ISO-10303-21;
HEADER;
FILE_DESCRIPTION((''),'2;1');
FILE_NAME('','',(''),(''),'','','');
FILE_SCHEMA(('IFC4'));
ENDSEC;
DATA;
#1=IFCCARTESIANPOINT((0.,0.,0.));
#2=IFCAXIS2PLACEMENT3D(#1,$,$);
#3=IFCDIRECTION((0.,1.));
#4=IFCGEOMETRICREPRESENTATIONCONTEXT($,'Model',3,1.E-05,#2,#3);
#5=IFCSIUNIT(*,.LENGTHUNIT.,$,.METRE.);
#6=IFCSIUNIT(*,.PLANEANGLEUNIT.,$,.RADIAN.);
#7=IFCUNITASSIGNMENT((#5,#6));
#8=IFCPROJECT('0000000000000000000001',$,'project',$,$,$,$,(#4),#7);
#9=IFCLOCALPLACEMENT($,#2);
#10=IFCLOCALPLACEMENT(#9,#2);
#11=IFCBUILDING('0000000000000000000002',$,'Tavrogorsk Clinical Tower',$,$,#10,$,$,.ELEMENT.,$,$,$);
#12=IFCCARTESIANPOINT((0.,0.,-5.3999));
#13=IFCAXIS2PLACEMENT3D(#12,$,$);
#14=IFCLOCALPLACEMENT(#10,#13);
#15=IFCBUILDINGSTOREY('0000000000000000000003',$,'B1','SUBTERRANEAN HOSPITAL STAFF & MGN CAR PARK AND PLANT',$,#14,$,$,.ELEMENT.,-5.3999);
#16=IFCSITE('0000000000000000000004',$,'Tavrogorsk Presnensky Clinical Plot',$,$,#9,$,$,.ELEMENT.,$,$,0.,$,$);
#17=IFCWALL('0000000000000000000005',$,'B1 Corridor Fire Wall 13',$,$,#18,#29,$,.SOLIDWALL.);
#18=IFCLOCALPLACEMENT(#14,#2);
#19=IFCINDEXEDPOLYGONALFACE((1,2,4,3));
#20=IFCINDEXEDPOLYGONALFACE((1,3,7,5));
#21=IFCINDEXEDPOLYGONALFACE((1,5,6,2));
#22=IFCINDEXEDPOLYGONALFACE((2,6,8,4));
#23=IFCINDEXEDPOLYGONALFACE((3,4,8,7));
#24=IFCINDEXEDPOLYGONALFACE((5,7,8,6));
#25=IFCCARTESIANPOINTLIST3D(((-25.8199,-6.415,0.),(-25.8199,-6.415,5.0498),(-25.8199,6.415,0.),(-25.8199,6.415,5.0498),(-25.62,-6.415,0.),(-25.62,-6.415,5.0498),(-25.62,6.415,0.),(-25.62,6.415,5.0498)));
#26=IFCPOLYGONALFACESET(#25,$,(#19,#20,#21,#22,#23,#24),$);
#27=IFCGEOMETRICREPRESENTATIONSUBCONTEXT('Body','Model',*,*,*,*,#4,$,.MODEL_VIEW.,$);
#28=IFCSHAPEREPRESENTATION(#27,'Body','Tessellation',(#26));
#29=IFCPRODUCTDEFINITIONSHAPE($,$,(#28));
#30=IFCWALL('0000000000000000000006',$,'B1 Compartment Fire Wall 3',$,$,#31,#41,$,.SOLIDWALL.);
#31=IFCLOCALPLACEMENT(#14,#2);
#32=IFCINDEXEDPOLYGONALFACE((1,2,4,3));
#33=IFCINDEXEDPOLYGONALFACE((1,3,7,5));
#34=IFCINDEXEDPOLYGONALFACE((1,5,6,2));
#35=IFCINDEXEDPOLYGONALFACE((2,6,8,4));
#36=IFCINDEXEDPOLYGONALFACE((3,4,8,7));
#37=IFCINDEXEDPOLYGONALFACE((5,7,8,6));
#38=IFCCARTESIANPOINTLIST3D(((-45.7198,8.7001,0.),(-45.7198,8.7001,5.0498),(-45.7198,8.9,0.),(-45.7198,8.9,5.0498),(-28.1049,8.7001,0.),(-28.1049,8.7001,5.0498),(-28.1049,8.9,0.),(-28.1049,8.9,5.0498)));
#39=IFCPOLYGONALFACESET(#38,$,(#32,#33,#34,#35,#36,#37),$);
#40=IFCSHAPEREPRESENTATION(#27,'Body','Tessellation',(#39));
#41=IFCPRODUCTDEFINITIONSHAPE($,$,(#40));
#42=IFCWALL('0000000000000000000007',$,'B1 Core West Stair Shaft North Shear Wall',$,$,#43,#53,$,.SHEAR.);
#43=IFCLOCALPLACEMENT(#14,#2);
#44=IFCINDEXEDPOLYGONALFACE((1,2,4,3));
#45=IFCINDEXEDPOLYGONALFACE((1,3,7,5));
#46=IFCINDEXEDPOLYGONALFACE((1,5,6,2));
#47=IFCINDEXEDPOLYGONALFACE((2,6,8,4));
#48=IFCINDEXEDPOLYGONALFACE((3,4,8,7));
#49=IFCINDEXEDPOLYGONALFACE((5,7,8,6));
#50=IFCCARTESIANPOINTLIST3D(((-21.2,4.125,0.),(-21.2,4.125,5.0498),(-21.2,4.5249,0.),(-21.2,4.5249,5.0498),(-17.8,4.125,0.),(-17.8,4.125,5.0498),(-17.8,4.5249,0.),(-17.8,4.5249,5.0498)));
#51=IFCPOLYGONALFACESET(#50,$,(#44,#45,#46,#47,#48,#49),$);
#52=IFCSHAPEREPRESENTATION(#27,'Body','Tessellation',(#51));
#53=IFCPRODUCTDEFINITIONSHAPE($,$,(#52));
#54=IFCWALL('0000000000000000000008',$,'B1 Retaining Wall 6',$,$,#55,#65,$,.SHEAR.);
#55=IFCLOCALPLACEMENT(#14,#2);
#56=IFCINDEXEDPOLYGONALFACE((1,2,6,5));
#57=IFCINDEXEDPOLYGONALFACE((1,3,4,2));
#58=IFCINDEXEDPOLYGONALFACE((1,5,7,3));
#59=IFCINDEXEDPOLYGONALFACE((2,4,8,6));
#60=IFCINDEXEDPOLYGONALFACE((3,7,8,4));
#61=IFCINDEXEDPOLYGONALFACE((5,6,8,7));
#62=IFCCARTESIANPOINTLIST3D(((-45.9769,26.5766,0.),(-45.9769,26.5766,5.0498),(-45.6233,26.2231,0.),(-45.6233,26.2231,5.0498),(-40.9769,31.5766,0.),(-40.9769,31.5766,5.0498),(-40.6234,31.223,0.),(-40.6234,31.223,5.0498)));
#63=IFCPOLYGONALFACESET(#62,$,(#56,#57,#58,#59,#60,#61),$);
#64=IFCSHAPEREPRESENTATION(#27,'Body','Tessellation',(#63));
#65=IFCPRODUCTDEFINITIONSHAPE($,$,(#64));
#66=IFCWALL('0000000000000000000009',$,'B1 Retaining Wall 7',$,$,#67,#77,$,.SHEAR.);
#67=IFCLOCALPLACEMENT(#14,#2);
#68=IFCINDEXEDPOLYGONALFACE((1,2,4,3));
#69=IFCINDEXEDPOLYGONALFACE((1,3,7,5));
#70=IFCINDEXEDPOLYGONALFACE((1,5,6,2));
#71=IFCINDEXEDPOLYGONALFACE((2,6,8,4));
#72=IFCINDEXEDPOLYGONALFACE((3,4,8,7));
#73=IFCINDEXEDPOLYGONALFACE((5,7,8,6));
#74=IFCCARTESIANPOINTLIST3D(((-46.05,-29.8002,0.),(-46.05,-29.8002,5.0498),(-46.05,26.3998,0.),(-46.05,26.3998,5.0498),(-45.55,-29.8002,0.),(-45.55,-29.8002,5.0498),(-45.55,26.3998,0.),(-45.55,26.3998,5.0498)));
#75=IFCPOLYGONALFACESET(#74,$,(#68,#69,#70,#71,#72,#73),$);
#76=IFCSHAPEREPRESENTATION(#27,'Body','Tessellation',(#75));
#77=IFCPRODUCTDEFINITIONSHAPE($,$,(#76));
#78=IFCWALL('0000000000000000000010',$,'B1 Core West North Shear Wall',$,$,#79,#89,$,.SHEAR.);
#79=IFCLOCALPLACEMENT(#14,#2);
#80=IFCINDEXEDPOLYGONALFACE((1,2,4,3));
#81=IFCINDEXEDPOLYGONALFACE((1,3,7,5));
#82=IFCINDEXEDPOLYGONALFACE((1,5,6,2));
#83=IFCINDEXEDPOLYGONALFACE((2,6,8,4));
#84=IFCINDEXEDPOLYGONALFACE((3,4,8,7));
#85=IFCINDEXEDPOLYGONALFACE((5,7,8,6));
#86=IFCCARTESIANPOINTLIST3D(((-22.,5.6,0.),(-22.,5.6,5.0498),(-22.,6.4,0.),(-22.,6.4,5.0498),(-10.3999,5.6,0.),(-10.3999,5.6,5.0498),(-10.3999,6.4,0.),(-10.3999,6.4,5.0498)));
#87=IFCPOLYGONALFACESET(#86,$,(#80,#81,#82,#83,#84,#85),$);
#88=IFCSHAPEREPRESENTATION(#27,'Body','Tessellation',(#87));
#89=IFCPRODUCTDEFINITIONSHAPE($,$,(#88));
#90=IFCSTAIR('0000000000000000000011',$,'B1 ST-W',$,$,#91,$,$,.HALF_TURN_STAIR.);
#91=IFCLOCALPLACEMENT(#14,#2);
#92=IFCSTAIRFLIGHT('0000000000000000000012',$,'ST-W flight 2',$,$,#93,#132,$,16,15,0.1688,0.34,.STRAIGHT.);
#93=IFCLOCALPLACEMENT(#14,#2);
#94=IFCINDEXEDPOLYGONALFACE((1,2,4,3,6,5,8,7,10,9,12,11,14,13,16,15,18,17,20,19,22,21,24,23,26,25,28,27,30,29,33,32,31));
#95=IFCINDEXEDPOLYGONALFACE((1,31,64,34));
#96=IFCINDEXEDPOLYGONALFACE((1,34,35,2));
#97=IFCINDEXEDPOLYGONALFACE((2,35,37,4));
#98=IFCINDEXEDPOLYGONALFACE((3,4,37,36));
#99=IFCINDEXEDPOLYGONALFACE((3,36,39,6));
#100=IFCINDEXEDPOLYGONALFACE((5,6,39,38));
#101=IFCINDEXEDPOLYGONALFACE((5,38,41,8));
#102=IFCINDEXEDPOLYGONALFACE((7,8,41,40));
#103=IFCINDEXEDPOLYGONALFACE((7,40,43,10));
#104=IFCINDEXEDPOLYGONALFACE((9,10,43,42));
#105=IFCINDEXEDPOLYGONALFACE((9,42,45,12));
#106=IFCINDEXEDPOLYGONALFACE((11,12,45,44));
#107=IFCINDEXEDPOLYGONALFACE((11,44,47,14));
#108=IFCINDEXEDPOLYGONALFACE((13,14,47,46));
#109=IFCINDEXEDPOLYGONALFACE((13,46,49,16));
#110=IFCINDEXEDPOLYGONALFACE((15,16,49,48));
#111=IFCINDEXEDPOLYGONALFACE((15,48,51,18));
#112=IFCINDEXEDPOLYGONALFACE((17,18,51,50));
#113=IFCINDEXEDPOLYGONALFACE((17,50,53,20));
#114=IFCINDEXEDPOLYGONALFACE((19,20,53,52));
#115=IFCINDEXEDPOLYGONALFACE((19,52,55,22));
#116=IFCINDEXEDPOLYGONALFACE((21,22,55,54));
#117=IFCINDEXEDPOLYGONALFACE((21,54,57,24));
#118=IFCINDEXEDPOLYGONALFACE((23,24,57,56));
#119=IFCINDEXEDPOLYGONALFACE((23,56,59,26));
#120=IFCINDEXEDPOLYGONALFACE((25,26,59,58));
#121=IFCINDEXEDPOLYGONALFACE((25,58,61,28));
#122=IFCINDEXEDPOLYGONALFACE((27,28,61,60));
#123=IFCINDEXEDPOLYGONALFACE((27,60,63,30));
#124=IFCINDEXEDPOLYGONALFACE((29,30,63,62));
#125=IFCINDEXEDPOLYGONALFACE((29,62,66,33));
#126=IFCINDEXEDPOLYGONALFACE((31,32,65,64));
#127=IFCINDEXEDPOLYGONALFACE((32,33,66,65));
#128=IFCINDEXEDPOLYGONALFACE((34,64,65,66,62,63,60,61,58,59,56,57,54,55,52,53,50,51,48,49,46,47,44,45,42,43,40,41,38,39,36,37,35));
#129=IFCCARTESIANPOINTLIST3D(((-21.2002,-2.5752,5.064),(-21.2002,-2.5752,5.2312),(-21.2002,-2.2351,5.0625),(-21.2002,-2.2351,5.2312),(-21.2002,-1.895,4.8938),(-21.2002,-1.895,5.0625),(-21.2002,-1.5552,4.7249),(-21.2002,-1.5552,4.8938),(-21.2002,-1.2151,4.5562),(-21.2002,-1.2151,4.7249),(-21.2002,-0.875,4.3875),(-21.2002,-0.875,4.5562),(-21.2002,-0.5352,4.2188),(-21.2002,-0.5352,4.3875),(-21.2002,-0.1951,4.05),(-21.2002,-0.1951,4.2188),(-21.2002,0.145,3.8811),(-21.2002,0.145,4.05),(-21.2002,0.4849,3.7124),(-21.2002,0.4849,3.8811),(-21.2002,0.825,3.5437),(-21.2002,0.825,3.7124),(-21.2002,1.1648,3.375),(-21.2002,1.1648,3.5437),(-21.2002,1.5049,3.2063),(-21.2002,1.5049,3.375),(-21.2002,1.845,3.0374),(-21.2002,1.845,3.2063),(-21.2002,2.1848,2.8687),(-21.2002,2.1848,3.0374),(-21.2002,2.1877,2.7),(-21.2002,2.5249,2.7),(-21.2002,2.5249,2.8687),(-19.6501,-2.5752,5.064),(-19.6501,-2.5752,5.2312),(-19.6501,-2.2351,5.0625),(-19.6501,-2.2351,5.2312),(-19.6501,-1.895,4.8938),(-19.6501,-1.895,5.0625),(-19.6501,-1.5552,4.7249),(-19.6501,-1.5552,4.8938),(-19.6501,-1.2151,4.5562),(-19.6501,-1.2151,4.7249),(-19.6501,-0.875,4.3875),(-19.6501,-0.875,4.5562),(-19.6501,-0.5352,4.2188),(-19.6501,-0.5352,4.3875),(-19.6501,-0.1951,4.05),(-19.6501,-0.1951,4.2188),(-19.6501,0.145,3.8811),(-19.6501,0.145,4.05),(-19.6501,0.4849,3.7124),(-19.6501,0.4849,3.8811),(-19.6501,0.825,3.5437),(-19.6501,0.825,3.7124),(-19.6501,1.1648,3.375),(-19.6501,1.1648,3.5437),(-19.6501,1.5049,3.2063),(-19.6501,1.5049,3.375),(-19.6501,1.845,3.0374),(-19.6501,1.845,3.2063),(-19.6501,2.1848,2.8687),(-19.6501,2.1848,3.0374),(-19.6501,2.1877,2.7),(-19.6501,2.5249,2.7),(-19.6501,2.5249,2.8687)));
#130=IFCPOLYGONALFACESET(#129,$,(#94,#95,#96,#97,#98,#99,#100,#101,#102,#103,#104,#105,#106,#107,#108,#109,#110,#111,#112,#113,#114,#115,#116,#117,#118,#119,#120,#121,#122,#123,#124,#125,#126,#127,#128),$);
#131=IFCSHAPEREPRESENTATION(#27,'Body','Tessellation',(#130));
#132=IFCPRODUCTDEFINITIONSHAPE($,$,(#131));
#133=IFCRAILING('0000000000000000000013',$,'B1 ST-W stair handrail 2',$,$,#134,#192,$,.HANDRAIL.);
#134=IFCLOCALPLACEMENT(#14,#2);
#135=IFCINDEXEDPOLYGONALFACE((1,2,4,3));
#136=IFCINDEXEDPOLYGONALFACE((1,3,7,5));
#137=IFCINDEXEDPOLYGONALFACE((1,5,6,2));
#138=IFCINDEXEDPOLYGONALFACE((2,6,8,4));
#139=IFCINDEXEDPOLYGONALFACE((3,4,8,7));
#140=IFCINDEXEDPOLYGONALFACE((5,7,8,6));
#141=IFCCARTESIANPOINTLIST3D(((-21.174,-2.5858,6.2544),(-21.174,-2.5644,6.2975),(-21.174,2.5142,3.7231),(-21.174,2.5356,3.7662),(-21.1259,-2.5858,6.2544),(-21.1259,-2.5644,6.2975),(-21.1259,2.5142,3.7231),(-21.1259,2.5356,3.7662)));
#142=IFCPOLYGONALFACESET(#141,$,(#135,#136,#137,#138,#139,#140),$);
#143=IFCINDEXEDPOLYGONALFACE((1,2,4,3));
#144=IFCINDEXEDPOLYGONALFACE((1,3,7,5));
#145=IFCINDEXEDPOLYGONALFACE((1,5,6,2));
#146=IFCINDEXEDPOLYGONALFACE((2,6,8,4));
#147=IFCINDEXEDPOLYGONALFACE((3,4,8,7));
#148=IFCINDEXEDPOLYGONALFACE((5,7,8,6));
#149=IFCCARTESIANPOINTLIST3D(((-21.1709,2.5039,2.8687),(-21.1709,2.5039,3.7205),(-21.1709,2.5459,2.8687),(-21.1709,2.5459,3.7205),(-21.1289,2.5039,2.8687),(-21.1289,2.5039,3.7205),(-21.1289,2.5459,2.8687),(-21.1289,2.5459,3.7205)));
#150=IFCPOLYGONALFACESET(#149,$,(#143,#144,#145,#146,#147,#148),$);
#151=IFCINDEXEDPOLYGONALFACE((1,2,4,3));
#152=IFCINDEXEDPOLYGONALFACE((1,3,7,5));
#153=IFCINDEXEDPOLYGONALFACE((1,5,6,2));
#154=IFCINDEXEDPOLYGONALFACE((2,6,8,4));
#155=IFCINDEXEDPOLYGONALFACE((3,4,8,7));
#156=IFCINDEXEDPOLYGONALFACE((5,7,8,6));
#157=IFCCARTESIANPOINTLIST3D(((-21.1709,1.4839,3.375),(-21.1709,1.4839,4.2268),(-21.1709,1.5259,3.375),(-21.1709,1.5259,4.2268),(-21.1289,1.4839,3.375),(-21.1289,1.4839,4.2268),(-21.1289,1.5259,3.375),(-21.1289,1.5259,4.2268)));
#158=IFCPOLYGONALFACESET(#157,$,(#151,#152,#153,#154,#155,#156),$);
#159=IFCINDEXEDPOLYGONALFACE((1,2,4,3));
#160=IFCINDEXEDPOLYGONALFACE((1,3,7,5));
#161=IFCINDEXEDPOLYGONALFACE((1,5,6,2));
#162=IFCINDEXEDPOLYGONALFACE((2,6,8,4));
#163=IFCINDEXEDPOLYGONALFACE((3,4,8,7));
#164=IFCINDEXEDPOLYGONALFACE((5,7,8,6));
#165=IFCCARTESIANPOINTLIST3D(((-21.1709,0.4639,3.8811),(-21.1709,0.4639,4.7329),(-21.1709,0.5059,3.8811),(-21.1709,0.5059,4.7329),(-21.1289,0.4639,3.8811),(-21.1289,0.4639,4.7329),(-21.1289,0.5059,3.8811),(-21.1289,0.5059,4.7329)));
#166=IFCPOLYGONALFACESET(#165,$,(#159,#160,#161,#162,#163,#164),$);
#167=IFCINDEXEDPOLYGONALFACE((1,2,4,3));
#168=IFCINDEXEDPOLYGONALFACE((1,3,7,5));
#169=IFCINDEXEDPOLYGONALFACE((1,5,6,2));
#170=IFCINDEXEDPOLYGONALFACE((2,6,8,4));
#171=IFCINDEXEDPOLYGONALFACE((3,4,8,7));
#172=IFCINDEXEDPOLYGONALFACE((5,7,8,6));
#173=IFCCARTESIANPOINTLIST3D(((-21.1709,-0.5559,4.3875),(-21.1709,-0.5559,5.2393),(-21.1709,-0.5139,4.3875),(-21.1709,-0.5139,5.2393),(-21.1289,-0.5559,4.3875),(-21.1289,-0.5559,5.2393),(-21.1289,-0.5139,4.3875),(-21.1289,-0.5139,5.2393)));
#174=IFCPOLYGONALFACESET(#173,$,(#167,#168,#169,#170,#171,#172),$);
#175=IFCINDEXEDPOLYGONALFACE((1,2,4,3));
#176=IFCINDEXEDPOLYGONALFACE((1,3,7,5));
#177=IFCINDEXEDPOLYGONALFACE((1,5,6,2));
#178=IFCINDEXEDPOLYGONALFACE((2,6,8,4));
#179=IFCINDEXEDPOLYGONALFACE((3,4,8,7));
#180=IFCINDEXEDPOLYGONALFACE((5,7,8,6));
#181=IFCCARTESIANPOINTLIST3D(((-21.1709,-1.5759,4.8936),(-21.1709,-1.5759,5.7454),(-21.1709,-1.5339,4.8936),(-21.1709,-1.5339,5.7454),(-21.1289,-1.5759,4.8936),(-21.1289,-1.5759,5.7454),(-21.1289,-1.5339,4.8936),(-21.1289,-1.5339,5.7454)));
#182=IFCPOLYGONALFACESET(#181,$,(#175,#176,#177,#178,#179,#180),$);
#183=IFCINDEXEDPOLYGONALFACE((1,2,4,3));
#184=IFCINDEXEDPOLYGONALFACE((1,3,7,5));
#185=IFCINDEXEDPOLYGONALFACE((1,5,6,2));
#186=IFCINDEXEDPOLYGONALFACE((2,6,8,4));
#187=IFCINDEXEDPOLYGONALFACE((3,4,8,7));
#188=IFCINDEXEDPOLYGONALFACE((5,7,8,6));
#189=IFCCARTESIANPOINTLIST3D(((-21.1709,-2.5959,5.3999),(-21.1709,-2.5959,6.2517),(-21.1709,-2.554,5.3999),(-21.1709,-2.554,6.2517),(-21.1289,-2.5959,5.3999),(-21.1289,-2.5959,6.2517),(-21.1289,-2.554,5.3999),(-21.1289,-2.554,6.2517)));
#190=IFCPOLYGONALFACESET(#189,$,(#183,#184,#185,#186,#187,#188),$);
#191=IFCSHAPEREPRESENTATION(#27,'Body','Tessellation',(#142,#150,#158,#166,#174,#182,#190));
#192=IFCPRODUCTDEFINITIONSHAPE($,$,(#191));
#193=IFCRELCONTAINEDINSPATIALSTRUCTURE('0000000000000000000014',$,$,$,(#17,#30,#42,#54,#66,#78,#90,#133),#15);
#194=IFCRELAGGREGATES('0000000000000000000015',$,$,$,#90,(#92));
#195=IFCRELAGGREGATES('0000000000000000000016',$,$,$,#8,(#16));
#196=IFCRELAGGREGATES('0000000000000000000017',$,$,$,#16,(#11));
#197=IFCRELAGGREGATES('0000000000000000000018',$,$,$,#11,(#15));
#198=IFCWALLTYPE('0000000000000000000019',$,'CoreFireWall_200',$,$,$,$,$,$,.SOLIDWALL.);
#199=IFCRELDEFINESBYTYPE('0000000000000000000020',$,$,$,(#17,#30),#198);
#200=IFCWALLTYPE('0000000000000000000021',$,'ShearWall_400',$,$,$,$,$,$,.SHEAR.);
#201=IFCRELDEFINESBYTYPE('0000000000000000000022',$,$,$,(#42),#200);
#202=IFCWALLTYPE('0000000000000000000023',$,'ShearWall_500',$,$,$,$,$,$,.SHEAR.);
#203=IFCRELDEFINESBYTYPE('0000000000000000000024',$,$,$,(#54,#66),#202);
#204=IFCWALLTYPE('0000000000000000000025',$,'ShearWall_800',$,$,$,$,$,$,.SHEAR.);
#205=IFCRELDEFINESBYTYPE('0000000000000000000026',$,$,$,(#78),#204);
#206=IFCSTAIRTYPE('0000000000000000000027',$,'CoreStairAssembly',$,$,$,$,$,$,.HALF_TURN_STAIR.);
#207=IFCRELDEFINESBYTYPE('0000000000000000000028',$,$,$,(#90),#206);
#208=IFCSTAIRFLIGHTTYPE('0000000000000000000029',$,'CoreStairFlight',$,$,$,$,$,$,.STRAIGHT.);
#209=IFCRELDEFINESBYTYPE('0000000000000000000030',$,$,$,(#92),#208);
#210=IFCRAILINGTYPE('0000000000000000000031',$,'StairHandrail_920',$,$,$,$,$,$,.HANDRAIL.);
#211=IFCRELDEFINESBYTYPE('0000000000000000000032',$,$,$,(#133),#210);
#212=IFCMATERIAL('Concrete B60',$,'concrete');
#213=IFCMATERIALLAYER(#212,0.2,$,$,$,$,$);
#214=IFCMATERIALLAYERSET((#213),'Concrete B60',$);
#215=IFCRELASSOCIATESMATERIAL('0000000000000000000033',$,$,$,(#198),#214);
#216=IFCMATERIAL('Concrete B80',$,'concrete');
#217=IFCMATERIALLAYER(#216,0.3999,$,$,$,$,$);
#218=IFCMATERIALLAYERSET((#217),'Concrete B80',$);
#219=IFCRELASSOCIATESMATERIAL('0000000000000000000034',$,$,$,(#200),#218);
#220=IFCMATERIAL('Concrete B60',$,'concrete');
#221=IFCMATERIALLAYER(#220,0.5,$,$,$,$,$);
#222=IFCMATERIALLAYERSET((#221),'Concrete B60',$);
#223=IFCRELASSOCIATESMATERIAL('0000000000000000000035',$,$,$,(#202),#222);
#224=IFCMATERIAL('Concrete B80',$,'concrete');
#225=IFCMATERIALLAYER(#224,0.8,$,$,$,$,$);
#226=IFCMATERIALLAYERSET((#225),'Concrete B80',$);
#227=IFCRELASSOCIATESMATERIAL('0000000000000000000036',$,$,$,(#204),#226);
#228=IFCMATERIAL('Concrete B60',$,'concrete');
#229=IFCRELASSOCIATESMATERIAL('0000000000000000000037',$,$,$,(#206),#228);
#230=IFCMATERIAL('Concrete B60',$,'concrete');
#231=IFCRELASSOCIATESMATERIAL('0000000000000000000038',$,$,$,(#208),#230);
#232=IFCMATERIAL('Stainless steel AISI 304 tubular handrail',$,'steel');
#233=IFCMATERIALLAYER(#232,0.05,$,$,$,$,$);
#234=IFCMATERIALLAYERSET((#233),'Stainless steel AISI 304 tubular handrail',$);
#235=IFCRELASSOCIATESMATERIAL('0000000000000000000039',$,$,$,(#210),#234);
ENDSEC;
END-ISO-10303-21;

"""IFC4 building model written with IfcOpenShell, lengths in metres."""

from ifc_helpers import new_model, si_unit, direction, frame, frame_2d, origin, origin_2d, place, context, subcontext, project, spatial, polyline, rectangle, outline, extrude, material, layer, layer_set, type_object, element, aggregate, save


model = new_model("IFC4")

# Units and contexts
model_context = context("Model", 3, precision=1e-05, world=origin(), true_north=direction((0.0, 1.0)))
body_context = subcontext(model_context, "Body", "Model", "MODEL_VIEW")
ifc_project = project(units=[si_unit("LENGTHUNIT", "METRE"), si_unit("PLANEANGLEUNIT", "RADIAN")], contexts=[model_context])

# Site, building, storey
site_placement = place(None, origin())
site = spatial("IfcSite", under=ifc_project, at=site_placement, Name="Tavrogorsk Presnensky Clinical Plot", CompositionType="ELEMENT", RefElevation=0.0)
building_placement = place(site_placement, origin())
building = spatial("IfcBuilding", under=site, at=building_placement, Name="Tavrogorsk Clinical Tower", CompositionType="ELEMENT")
storey_placement = place(building_placement, frame((0.0, 0.0, -5.3999)))
storey = spatial("IfcBuildingStorey", under=building, at=storey_placement, Name="B1", Description="SUBTERRANEAN HOSPITAL STAFF & MGN CAR PARK AND PLANT", CompositionType="ELEMENT", Elevation=-5.3999)

# Shared definitions
ifc_material_1 = material(Name="Concrete B60", Category="concrete")
ifc_layer_1 = layer(ifc_material_1, 0.2)
ifc_layer_set_1 = layer_set([ifc_layer_1], Name="Concrete B60")
wall_type_1 = type_object("IfcWallType", Name="CoreFireWall_200", PredefinedType="SOLIDWALL", material=ifc_layer_set_1)

# Walls
wall_1_placement = place(storey_placement, frame((-25.72, 6.415, 0.0), z_axis=(0.0, 0.0, 1.0), x_axis=(0.0, -1.0, 0.0)))
element("IfcWall", 1, at=wall_1_placement, inside=storey, type_object=wall_type_1, Name="B1 Corridor Fire Wall 13", PredefinedType="SOLIDWALL", context=body_context, shape_type="SweptSolid", body=[
    extrude(rectangle(XDim=12.8301, YDim=0.2, at=frame_2d((6.415, 0.0))), origin(), (0.0, 0.0, 1.0), 5.0498),
])
wall_2_placement = place(storey_placement, frame((-45.72, 8.8, 0.0), z_axis=(0.0, 0.0, 1.0), x_axis=(1.0, 0.0, 0.0)))
element("IfcWall", 2, at=wall_2_placement, inside=storey, type_object=wall_type_1, Name="B1 Compartment Fire Wall 3", PredefinedType="SOLIDWALL", context=body_context, shape_type="SweptSolid", body=[
    extrude(rectangle(XDim=17.615, YDim=0.2, at=frame_2d((8.8076, 0.0))), origin(), (0.0, 0.0, 1.0), 5.0498),
])
ifc_material_2 = material(Name="Concrete B80", Category="concrete")
ifc_layer_2 = layer(ifc_material_2, 0.3999)
ifc_layer_set_2 = layer_set([ifc_layer_2], Name="Concrete B80")
wall_type_2 = type_object("IfcWallType", Name="ShearWall_400", PredefinedType="SHEAR", material=ifc_layer_set_2)
wall_3_placement = place(storey_placement, frame((-21.2, 4.325, 0.0), z_axis=(0.0, 0.0, 1.0), x_axis=(1.0, 0.0, 0.0)))
element("IfcWall", 3, at=wall_3_placement, inside=storey, type_object=wall_type_2, Name="B1 Core West Stair Shaft North Shear Wall", PredefinedType="SHEAR", context=body_context, shape_type="SweptSolid", body=[
    extrude(rectangle(XDim=3.3999, YDim=0.3999, at=frame_2d((1.7, 0.0))), origin(), (0.0, 0.0, 1.0), 5.0498),
])
ifc_material_3 = material(Name="Concrete B60", Category="concrete")
ifc_layer_3 = layer(ifc_material_3, 0.5)
ifc_layer_set_3 = layer_set([ifc_layer_3], Name="Concrete B60")
wall_type_3 = type_object("IfcWallType", Name="ShearWall_500", PredefinedType="SHEAR", material=ifc_layer_set_3)
wall_4_placement = place(storey_placement, frame((-40.8, 31.3999, 0.0), z_axis=(0.0, 0.0, 1.0), x_axis=(-0.707107, -0.707107, 0.0)))
element("IfcWall", 4, at=wall_4_placement, inside=storey, type_object=wall_type_3, Name="B1 Retaining Wall 6", PredefinedType="SHEAR", context=body_context, shape_type="SweptSolid", body=[
    extrude(rectangle(XDim=7.071, YDim=0.5, at=frame_2d((3.5356, 0.0))), origin(), (0.0, 0.0, 1.0), 5.0498),
])
wall_5_placement = place(storey_placement, frame((-45.8, 26.3999, 0.0), z_axis=(0.0, 0.0, 1.0), x_axis=(0.0, -1.0, 0.0)))
element("IfcWall", 5, at=wall_5_placement, inside=storey, type_object=wall_type_3, Name="B1 Retaining Wall 7", PredefinedType="SHEAR", context=body_context, shape_type="SweptSolid", body=[
    extrude(rectangle(XDim=56.2, YDim=0.5, at=frame_2d((28.1001, 0.0))), origin(), (0.0, 0.0, 1.0), 5.0498),
])
ifc_material_4 = material(Name="Concrete B80", Category="concrete")
ifc_layer_4 = layer(ifc_material_4, 0.8)
ifc_layer_set_4 = layer_set([ifc_layer_4], Name="Concrete B80")
wall_type_4 = type_object("IfcWallType", Name="ShearWall_800", PredefinedType="SHEAR", material=ifc_layer_set_4)
wall_6_placement = place(storey_placement, frame((-22.0, 6.0, 0.0), z_axis=(0.0, 0.0, 1.0), x_axis=(1.0, 0.0, 0.0)))
element("IfcWall", 6, at=wall_6_placement, inside=storey, type_object=wall_type_4, Name="B1 Core West North Shear Wall", PredefinedType="SHEAR", context=body_context, shape_type="SweptSolid", body=[
    extrude(rectangle(XDim=11.6001, YDim=0.8, at=frame_2d((5.8, 0.0))), origin(), (0.0, 0.0, 1.0), 5.0498),
])

# Stair, stair flight
ifc_material_5 = material(Name="Concrete B60", Category="concrete")
stair_type = type_object("IfcStairType", Name="CoreStairAssembly", PredefinedType="HALF_TURN_STAIR", material=ifc_material_5)
stair_placement = place(storey_placement, origin())
stair = element("IfcStair", 7, at=stair_placement, inside=storey, type_object=stair_type, Name="B1 ST-W", PredefinedType="HALF_TURN_STAIR")
ifc_material_6 = material(Name="Concrete B60", Category="concrete")
stair_flight_type = type_object("IfcStairFlightType", Name="CoreStairFlight", PredefinedType="STRAIGHT", material=ifc_material_6)
stair_flight_placement = place(storey_placement, frame((-20.425, 2.5249, 2.7), z_axis=(0.0, 0.0, 1.0), x_axis=(0.0, -1.0, 0.0)))
stair_flight = element("IfcStairFlight", 8, at=stair_flight_placement, type_object=stair_flight_type, Name="ST-W flight 2", NumberOfRisers=16, NumberOfTreads=15, PredefinedType="STRAIGHT", RiserHeight=0.1688, TreadLength=0.34, context=body_context, shape_type="SweptSolid", body=[
    extrude(outline(polyline([(0.0, 0.0), (0.0, 0.1687), (0.3401, 0.1687), (0.3401, 0.3374), (0.6799, 0.3374), (0.6799, 0.5063), (1.02, 0.5063), (1.02, 0.675), (1.3601, 0.675), (1.3601, 0.8438), (1.7, 0.8438), (1.7, 1.0125), (2.04, 1.0125), (2.04, 1.1812), (2.3799, 1.1812), (2.3799, 1.3501), (2.72, 1.3501), (2.72, 1.5188), (3.0601, 1.5188), (3.0601, 1.6875), (3.3999, 1.6875), (3.3999, 1.8562), (3.74, 1.8562), (3.74, 2.0249), (4.0801, 2.0249), (4.0801, 2.1938), (4.4199, 2.1938), (4.4199, 2.3625), (4.76, 2.3625), (4.76, 2.5312), (5.1001, 2.5312), (5.1001, 2.7), (5.1001, 2.364), (0.3372, 0.0), (0.0, 0.0)])), frame((0.0, 0.7749, 0.0), z_axis=(0.0, -1.0, 0.0), x_axis=(1.0, 0.0, 0.0)), (0.0, 0.0, 1.0), 1.55),
])
aggregate(stair, [stair_flight])

# Railing
ifc_material_7 = material(Name="Stainless steel AISI 304 tubular handrail", Category="steel")
ifc_layer_5 = layer(ifc_material_7, 0.05)
ifc_layer_set_5 = layer_set([ifc_layer_5], Name="Stainless steel AISI 304 tubular handrail")
railing_type = type_object("IfcRailingType", Name="StairHandrail_920", PredefinedType="HANDRAIL", material=ifc_layer_set_5)
railing_placement = place(storey_placement, frame((-21.1499, 2.5249, 2.8687)))
element("IfcRailing", 9, at=railing_placement, inside=storey, type_object=railing_type, Name="B1 ST-W stair handrail 2", PredefinedType="HANDRAIL", context=body_context, shape_type="SweptSolid", body=[
    extrude(rectangle(XDim=0.0481, YDim=0.0481, at=origin_2d()), frame((0.0, 0.0, 0.876), z_axis=(0.0, -0.895735, 0.444587), x_axis=(1.0, 0.0, 0.0)), (0.0, 0.0, 1.0), 5.6936),
    extrude(rectangle(XDim=0.042, YDim=0.042, at=origin_2d()), origin(), (0.0, 0.0, 1.0), 0.8518),
    extrude(rectangle(XDim=0.042, YDim=0.042, at=origin_2d()), frame((0.0, -1.02, 0.5063)), (0.0, 0.0, 1.0), 0.8518),
    extrude(rectangle(XDim=0.042, YDim=0.042, at=origin_2d()), frame((0.0, -2.04, 1.0125)), (0.0, 0.0, 1.0), 0.8518),
    extrude(rectangle(XDim=0.042, YDim=0.042, at=origin_2d()), frame((0.0, -3.0598, 1.5188)), (0.0, 0.0, 1.0), 0.8518),
    extrude(rectangle(XDim=0.042, YDim=0.042, at=origin_2d()), frame((0.0, -4.0798, 2.0249)), (0.0, 0.0, 1.0), 0.8518),
    extrude(rectangle(XDim=0.042, YDim=0.042, at=origin_2d()), frame((0.0, -5.0999, 2.5312)), (0.0, 0.0, 1.0), 0.8518),
])

save(model, "model.ifc")
